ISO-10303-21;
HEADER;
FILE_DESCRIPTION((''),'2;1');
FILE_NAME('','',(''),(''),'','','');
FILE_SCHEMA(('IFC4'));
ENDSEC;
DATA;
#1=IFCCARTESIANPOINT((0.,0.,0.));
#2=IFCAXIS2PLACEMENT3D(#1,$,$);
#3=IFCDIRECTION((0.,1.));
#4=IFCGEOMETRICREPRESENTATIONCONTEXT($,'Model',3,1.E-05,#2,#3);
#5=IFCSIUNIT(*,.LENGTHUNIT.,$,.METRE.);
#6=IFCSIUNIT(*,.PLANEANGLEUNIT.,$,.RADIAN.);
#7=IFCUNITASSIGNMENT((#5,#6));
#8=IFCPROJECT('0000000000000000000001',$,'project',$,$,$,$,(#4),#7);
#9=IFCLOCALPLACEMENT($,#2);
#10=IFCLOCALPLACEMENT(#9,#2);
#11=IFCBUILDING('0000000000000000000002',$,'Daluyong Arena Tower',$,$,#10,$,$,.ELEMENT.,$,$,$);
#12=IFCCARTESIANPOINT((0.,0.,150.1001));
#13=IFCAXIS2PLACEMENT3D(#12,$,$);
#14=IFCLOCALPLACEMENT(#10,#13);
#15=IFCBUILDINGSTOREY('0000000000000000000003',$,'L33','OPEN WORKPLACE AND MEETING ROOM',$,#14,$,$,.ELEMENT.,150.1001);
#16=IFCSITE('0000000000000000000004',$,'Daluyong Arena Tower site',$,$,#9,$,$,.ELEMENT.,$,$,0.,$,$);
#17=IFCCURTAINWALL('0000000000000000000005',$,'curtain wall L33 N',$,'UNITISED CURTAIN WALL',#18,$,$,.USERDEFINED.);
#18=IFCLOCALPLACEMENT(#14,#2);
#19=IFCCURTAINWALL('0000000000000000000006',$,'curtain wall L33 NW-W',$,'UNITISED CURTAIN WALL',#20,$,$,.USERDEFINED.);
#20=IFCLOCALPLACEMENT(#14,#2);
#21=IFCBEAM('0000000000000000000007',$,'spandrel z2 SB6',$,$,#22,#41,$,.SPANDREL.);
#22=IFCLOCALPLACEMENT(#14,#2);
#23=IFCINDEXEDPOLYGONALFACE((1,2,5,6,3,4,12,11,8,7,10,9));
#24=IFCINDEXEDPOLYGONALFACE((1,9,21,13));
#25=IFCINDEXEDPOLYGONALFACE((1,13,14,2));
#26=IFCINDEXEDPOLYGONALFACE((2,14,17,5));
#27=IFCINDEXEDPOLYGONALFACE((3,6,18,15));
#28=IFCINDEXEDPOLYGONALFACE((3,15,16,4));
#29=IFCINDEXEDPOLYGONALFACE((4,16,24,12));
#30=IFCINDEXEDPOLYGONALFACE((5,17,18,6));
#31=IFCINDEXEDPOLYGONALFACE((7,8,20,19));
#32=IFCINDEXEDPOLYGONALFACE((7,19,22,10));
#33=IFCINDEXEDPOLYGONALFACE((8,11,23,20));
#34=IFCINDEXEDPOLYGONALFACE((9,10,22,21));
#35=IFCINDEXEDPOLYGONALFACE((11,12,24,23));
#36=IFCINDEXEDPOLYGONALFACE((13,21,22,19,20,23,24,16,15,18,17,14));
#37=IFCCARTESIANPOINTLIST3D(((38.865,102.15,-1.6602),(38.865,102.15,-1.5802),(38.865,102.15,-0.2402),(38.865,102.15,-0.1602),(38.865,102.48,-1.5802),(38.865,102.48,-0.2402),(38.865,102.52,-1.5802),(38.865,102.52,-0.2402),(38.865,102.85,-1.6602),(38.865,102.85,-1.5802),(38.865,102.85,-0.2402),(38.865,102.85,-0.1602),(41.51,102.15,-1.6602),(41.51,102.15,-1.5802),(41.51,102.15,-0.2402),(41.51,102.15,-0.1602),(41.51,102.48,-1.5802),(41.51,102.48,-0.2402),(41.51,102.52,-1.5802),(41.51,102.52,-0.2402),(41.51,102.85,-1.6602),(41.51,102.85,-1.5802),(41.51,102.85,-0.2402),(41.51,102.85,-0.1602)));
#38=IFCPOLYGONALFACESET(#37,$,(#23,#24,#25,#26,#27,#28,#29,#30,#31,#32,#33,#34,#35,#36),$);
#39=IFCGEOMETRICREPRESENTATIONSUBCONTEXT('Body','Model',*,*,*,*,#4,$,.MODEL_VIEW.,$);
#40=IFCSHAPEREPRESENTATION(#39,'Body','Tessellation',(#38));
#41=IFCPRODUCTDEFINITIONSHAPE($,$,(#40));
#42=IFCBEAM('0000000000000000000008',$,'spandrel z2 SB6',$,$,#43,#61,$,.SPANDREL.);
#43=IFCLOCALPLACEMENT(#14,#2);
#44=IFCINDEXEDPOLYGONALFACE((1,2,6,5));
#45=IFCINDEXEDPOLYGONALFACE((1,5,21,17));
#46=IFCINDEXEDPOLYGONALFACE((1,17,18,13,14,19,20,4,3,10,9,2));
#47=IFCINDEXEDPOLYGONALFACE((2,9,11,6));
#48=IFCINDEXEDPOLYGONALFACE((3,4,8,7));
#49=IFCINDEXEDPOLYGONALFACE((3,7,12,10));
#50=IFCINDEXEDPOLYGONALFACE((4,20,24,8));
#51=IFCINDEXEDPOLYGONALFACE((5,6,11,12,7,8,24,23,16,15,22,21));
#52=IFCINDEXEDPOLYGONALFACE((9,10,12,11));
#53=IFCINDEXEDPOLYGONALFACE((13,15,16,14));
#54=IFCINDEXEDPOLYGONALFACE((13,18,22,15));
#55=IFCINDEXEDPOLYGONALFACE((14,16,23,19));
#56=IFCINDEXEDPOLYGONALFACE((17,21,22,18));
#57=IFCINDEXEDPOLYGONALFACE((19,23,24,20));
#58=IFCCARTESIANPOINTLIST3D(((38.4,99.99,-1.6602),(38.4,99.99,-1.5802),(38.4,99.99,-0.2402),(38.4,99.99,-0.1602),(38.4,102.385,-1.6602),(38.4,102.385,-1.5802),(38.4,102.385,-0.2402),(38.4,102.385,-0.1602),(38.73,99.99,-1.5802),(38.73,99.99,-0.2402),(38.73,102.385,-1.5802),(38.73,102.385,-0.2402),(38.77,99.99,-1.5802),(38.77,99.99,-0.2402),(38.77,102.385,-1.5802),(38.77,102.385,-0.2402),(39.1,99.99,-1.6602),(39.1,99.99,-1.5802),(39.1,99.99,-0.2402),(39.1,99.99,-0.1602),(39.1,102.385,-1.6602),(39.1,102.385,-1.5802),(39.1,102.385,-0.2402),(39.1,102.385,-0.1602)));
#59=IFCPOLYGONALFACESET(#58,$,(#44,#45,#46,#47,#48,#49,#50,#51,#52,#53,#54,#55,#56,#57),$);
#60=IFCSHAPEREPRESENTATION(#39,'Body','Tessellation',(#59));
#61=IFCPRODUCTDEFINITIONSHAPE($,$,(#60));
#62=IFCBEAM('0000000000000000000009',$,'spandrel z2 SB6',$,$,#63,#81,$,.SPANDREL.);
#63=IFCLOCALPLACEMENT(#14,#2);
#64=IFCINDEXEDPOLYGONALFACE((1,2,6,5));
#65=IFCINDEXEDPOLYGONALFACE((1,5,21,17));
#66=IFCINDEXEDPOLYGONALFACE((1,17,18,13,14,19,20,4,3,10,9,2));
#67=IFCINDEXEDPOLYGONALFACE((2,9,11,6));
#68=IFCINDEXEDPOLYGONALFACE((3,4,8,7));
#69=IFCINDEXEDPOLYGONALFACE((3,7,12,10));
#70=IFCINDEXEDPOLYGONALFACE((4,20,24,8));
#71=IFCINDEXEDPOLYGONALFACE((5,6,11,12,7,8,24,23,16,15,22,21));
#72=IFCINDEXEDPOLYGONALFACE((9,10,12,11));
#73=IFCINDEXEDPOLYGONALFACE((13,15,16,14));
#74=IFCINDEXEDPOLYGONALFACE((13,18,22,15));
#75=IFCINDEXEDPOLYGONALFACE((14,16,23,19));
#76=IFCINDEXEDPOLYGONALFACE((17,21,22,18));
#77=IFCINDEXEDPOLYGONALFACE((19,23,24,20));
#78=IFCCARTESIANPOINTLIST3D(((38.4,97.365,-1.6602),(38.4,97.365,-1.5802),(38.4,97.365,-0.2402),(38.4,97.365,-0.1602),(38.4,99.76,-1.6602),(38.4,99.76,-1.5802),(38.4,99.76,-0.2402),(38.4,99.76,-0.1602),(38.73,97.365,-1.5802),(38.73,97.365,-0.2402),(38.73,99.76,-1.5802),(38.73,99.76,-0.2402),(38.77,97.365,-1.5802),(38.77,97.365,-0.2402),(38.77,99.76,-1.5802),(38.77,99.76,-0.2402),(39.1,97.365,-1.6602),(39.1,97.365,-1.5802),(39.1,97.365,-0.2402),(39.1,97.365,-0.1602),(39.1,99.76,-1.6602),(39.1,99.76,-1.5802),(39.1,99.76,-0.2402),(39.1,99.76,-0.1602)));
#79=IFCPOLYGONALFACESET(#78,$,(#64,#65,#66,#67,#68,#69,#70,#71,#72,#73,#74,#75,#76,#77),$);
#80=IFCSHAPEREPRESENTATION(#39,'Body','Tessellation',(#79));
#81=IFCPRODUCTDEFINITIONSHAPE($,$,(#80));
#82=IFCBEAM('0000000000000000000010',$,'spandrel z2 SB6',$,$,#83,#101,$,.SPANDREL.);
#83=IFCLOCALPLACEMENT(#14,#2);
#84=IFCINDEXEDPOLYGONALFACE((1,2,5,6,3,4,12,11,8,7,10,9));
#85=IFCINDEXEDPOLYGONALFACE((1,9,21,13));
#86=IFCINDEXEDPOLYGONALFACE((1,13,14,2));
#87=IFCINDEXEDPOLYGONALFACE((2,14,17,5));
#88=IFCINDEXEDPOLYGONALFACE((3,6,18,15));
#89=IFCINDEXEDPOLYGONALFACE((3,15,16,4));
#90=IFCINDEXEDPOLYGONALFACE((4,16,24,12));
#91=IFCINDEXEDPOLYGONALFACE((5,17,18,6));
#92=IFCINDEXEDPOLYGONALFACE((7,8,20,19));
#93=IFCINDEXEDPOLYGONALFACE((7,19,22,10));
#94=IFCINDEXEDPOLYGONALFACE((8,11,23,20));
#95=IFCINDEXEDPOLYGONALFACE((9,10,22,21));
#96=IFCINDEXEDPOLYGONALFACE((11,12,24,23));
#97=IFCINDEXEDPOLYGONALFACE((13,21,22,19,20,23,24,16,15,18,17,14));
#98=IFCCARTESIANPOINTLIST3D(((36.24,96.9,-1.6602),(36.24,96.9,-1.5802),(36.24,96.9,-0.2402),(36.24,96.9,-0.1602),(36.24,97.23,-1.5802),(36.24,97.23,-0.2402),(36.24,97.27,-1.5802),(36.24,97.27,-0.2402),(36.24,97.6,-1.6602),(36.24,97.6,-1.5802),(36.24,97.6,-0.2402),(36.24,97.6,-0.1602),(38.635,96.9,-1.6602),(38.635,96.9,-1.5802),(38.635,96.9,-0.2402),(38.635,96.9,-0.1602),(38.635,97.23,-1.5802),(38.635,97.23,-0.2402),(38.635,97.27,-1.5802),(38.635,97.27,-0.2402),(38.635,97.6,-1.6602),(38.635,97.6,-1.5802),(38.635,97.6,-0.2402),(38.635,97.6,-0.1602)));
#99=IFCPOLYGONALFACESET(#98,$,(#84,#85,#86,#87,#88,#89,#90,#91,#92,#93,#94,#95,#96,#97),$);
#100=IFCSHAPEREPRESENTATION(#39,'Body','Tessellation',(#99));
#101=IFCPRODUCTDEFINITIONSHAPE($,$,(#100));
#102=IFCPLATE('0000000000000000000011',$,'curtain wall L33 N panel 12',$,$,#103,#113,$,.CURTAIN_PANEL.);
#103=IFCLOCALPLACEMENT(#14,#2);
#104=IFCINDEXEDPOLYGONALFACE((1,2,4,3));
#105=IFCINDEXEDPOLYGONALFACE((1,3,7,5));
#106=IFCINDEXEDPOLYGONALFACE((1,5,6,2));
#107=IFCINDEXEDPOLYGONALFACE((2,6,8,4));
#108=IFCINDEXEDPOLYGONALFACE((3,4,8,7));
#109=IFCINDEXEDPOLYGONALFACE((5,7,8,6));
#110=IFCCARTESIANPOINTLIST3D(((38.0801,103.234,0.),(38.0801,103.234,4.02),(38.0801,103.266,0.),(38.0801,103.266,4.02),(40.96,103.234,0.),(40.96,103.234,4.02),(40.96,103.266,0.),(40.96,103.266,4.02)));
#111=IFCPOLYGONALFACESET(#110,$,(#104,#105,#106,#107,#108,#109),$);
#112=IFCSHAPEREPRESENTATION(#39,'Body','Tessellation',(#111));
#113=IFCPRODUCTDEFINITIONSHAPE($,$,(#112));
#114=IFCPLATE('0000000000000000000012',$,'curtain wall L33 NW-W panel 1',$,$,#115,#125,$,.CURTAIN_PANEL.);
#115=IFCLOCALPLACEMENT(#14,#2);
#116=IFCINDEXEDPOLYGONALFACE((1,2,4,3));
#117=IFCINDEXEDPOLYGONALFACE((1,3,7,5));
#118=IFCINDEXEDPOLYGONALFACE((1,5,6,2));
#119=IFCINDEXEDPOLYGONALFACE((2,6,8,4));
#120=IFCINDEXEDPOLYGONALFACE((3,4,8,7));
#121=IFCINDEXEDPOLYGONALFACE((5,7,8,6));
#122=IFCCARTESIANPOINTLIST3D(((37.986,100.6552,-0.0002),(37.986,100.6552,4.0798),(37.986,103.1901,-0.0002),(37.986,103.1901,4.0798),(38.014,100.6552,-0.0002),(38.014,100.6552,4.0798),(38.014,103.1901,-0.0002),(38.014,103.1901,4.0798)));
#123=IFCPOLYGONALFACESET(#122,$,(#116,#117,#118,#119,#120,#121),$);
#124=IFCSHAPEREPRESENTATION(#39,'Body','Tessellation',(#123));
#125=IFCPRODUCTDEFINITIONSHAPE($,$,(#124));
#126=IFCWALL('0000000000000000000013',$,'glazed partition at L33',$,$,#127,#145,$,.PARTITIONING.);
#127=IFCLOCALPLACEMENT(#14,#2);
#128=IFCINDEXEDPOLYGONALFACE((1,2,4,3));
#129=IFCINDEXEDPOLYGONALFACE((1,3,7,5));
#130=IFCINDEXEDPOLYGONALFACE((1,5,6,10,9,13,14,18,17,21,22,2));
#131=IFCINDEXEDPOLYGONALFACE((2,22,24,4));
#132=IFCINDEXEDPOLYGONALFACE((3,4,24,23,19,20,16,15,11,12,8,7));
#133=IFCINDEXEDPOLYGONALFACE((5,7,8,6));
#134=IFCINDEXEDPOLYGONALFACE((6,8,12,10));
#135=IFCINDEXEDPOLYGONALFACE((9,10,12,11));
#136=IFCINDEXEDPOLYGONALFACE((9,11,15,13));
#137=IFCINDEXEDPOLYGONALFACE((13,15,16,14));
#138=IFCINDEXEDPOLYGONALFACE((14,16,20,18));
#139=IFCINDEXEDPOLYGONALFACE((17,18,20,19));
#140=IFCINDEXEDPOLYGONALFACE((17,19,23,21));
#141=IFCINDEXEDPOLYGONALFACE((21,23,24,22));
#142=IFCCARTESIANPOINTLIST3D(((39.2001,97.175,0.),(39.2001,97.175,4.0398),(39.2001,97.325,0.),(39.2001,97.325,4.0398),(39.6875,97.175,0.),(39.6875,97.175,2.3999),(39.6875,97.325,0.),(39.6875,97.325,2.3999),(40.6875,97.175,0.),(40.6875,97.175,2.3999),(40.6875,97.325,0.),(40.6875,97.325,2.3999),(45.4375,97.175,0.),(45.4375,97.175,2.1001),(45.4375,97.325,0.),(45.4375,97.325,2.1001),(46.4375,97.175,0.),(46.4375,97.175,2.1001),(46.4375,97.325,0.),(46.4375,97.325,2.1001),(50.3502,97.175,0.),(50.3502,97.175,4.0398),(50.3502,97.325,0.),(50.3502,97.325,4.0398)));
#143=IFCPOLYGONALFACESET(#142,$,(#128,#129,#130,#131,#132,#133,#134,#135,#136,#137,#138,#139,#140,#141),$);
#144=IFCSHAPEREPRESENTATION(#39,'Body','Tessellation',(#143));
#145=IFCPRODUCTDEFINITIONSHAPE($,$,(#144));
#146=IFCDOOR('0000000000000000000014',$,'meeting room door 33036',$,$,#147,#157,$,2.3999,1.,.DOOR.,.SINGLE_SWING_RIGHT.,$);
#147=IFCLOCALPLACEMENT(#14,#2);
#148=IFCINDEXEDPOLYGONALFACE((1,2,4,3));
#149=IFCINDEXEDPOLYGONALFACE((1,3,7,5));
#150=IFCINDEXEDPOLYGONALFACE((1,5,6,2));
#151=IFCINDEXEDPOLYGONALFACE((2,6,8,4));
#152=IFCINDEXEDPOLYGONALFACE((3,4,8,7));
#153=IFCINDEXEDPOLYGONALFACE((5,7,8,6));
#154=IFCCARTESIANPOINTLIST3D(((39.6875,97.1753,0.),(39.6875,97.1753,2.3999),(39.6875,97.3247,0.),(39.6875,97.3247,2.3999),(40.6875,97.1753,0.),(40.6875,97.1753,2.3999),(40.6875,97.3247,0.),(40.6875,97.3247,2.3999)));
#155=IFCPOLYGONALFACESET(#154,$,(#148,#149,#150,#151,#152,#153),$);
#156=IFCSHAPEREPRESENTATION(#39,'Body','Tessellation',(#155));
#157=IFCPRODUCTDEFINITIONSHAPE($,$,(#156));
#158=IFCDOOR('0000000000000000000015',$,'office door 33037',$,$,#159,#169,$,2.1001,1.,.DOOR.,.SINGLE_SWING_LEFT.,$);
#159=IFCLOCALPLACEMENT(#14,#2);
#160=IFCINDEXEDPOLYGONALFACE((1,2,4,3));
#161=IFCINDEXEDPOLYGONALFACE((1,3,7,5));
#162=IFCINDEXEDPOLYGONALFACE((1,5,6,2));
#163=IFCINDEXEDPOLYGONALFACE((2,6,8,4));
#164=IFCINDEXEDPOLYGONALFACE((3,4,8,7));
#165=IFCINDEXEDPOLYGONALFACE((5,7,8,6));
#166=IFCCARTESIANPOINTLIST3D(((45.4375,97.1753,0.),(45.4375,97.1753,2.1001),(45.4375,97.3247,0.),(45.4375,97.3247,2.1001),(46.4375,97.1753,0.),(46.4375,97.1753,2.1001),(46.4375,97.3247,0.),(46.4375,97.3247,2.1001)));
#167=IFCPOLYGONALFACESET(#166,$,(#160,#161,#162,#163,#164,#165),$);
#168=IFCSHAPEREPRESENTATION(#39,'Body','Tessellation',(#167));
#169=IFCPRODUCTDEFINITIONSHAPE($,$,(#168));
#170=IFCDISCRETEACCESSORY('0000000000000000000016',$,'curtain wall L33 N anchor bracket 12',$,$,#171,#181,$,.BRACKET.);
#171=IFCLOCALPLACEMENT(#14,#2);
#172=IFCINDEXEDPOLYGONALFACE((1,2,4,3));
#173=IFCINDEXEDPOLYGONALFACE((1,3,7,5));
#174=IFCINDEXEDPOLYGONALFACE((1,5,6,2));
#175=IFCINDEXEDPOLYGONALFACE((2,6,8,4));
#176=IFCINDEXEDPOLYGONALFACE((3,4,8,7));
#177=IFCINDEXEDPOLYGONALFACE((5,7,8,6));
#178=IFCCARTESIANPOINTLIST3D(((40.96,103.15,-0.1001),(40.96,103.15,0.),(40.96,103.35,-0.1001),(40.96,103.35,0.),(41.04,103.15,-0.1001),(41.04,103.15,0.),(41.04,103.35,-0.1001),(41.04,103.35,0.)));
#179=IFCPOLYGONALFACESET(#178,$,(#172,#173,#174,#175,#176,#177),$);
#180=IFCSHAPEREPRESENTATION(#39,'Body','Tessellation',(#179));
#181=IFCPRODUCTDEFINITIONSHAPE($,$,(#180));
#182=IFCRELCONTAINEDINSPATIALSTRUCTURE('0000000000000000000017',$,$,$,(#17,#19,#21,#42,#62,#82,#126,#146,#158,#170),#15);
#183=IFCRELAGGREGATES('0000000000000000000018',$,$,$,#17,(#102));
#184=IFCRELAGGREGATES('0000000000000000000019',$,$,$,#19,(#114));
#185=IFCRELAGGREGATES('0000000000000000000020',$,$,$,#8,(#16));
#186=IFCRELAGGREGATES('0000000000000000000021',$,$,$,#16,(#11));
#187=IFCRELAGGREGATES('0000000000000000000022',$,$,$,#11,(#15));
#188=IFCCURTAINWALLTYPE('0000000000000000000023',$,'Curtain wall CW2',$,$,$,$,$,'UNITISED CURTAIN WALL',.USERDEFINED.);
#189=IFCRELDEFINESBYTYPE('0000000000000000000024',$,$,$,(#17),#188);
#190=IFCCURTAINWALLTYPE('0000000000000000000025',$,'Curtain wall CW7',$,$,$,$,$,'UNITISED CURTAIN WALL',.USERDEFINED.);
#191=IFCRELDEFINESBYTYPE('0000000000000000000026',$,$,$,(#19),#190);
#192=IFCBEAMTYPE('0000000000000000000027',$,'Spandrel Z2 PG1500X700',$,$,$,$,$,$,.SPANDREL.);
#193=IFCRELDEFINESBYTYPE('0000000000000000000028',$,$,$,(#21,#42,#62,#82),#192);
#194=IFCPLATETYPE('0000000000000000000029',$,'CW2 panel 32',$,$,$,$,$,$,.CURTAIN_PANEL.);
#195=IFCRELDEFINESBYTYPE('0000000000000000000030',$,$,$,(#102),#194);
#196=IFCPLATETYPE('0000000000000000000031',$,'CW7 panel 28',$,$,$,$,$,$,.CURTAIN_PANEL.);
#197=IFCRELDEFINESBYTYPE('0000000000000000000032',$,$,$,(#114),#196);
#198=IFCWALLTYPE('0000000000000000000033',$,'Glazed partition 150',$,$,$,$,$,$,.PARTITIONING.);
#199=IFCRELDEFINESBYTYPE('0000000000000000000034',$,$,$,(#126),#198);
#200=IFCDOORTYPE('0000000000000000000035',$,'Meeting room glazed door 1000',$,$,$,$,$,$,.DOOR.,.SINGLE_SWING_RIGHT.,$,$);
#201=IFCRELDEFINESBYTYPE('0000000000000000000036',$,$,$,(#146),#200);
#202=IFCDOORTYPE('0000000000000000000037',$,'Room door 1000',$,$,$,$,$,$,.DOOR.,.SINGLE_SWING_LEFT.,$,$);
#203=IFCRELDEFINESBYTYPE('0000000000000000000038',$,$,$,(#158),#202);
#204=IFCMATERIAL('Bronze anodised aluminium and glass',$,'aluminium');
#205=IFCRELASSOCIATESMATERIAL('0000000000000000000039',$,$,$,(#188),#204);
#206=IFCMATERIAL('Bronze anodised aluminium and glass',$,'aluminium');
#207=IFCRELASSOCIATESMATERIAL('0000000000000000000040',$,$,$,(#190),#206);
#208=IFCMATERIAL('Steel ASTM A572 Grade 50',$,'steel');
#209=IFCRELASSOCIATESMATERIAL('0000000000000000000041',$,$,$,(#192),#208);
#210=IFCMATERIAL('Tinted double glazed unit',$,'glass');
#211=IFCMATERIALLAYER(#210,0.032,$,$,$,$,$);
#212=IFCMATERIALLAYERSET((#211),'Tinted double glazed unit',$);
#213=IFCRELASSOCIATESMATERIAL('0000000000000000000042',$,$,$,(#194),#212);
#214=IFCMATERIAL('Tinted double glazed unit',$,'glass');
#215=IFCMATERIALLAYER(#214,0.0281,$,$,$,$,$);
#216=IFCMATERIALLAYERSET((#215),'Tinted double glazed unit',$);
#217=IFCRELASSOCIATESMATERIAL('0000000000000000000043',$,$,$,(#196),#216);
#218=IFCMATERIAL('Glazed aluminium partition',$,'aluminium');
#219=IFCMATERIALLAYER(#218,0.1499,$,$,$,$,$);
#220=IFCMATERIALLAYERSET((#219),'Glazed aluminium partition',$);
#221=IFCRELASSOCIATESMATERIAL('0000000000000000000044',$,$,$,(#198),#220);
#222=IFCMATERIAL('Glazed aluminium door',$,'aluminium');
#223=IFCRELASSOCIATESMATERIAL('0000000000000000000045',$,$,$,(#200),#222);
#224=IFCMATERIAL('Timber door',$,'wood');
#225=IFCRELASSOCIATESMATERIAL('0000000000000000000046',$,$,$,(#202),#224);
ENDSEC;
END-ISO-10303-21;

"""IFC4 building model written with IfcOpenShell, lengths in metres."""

from ifc_helpers import new_model, si_unit, direction, frame, frame_2d, origin, origin_2d, place, context, subcontext, project, spatial, rectangle, i_section, extrude, material, layer, layer_set, material_profile, profile_set, type_object, element, fill, aggregate, save


model = new_model("IFC4")

# Units and contexts
model_context = context("Model", 3, precision=1e-05, world=origin(), true_north=direction((0.0, 1.0)))
body_context = subcontext(model_context, "Body", "Model", "MODEL_VIEW")
ifc_project = project(units=[si_unit("LENGTHUNIT", "METRE"), si_unit("PLANEANGLEUNIT", "RADIAN")], contexts=[model_context])

# Site, building, storey
site_placement = place(None, origin())
site = spatial("IfcSite", under=ifc_project, at=site_placement, Name="Daluyong Arena Tower site", CompositionType="ELEMENT", RefElevation=0.0)
building_placement = place(site_placement, origin())
building = spatial("IfcBuilding", under=site, at=building_placement, Name="Daluyong Arena Tower", CompositionType="ELEMENT")
storey_placement = place(building_placement, frame((0.0, 0.0, 150.1001)))
storey = spatial("IfcBuildingStorey", under=building, at=storey_placement, Name="L33", Description="OPEN WORKPLACE AND MEETING ROOM", CompositionType="ELEMENT", Elevation=150.1001)

# Curtain wall
ifc_material_1 = material(Name="Bronze anodised aluminium and glass", Category="aluminium")
curtain_wall_type_1 = type_object("IfcCurtainWallType", Name="Curtain wall CW2", ElementType="UNITISED CURTAIN WALL", PredefinedType="USERDEFINED", material=ifc_material_1)
curtain_wall_1_placement = place(storey_placement, origin())
curtain_wall_1 = element("IfcCurtainWall", 1, at=curtain_wall_1_placement, inside=storey, type_object=curtain_wall_type_1, Name="curtain wall L33 N", ObjectType="UNITISED CURTAIN WALL", PredefinedType="USERDEFINED")

# Curtain wall
ifc_material_2 = material(Name="Bronze anodised aluminium and glass", Category="aluminium")
curtain_wall_type_2 = type_object("IfcCurtainWallType", Name="Curtain wall CW7", ElementType="UNITISED CURTAIN WALL", PredefinedType="USERDEFINED", material=ifc_material_2)
curtain_wall_2_placement = place(storey_placement, origin())
curtain_wall_2 = element("IfcCurtainWall", 2, at=curtain_wall_2_placement, inside=storey, type_object=curtain_wall_type_2, Name="curtain wall L33 NW-W", ObjectType="UNITISED CURTAIN WALL", PredefinedType="USERDEFINED")

# Beams
ifc_material_3 = material(Name="Steel ASTM A572 Grade 50", Category="steel")
ifc_material_profile_1 = material_profile(ifc_material_3, i_section(OverallWidth=0.7, OverallDepth=1.5, WebThickness=0.04, FlangeThickness=0.08, at=origin_2d()))
ifc_profile_set_1 = profile_set([ifc_material_profile_1], Name="Steel ASTM A572 Grade 50")
beam_type_1 = type_object("IfcBeamType", Name="Spandrel Z2 PG1500X700", PredefinedType="SPANDREL", material=ifc_profile_set_1)
beam_1_placement = place(storey_placement, frame((41.51, 102.5, -0.9102), z_axis=(-1.0, 0.0, 0.0), x_axis=(0.0, -1.0, 0.0)))
element("IfcBeam", 3, at=beam_1_placement, inside=storey, type_object=beam_type_1, Name="spandrel z2 SB6", PredefinedType="SPANDREL", context=body_context, shape_type="SweptSolid", body=[
    extrude(i_section(OverallWidth=0.7, OverallDepth=1.5, WebThickness=0.04, FlangeThickness=0.08, at=origin_2d()), origin(), (0.0, 0.0, 1.0), 2.645),
])
for number, where, z_axis, x_axis, name in (
    (4, (38.75, 102.385, -0.9102), (0.0, -1.0, 0.0), (1.0, 0.0, 0.0), "spandrel z2 SB6"),
    (5, (38.75, 99.76, -0.9102), (0.0, -1.0, 0.0), (1.0, 0.0, 0.0), "spandrel z2 SB6"),
    (6, (38.635, 97.25, -0.9102), (-1.0, 0.0, 0.0), (0.0, -1.0, 0.0), "spandrel z2 SB6"),
):
    element("IfcBeam", number, at=place(storey_placement, frame(where, z_axis=z_axis, x_axis=x_axis)), inside=storey, type_object=beam_type_1, Name=name, PredefinedType="SPANDREL", context=body_context, shape_type="SweptSolid", body=[
        extrude(i_section(OverallWidth=0.7, OverallDepth=1.5, WebThickness=0.04, FlangeThickness=0.08, at=origin_2d()), origin(), (0.0, 0.0, 1.0), 2.395),
    ])

# Plates
ifc_material_4 = material(Name="Tinted double glazed unit", Category="glass")
ifc_layer_1 = layer(ifc_material_4, 0.032)
ifc_layer_set_1 = layer_set([ifc_layer_1], Name="Tinted double glazed unit")
plate_type_1 = type_object("IfcPlateType", Name="CW2 panel 32", PredefinedType="CURTAIN_PANEL", material=ifc_layer_set_1)
plate_1_placement = place(storey_placement, frame((39.52, 103.25, 0.0), z_axis=(0.0, 0.0, 1.0), x_axis=(-1.0, 0.0, 0.0)))
plate_1 = element("IfcPlate", 7, at=plate_1_placement, type_object=plate_type_1, Name="curtain wall L33 N panel 12", PredefinedType="CURTAIN_PANEL", context=body_context, shape_type="SweptSolid", body=[
    extrude(rectangle(XDim=2.8799, YDim=0.032, at=origin_2d()), origin(), (0.0, 0.0, 1.0), 4.02),
])
aggregate(curtain_wall_1, [plate_1])
ifc_material_5 = material(Name="Tinted double glazed unit", Category="glass")
ifc_layer_2 = layer(ifc_material_5, 0.0281)
ifc_layer_set_2 = layer_set([ifc_layer_2], Name="Tinted double glazed unit")
plate_type_2 = type_object("IfcPlateType", Name="CW7 panel 28", PredefinedType="CURTAIN_PANEL", material=ifc_layer_set_2)
plate_2_placement = place(storey_placement, frame((38.0, 101.9226, -0.0002), z_axis=(0.0, 0.0, 1.0), x_axis=(0.0, -1.0, 0.0)))
plate_2 = element("IfcPlate", 8, at=plate_2_placement, type_object=plate_type_2, Name="curtain wall L33 NW-W panel 1", PredefinedType="CURTAIN_PANEL", context=body_context, shape_type="SweptSolid", body=[
    extrude(rectangle(XDim=2.5349, YDim=0.0281, at=origin_2d()), origin(), (0.0, 0.0, 1.0), 4.0801),
])
aggregate(curtain_wall_2, [plate_2])

# Wall, openings, doors
ifc_material_6 = material(Name="Glazed aluminium partition", Category="aluminium")
ifc_layer_3 = layer(ifc_material_6, 0.1499)
ifc_layer_set_3 = layer_set([ifc_layer_3], Name="Glazed aluminium partition")
wall_type = type_object("IfcWallType", Name="Glazed partition 150", PredefinedType="PARTITIONING", material=ifc_layer_set_3)
wall_placement = place(storey_placement, frame((39.2, 97.25, 0.0), z_axis=(0.0, 0.0, 1.0), x_axis=(1.0, 0.0, 0.0)))
wall = element("IfcWall", 9, at=wall_placement, inside=storey, type_object=wall_type, Name="glazed partition at L33", PredefinedType="PARTITIONING", context=body_context, shape_type="SweptSolid", body=[
    extrude(rectangle(XDim=11.1501, YDim=0.1499, at=frame_2d((5.5752, 0.0))), origin(), (0.0, 0.0, 1.0), 4.0398),
])
opening_1_placement = place(wall_placement, frame((0.4875, 0.0, 0.0)))
opening_1 = element("IfcOpeningElement", 10, at=opening_1_placement, cuts=wall, PredefinedType="OPENING", context=body_context, shape_type="SweptSolid", body=[
    extrude(rectangle(XDim=1.0, YDim=2.3999, at=frame_2d((0.5, 1.2))), frame((0.0, 0.085, 0.0), z_axis=(0.0, -1.0, 0.0), x_axis=(1.0, 0.0, 0.0)), (0.0, 0.0, 1.0), 0.1699),
])
opening_2_placement = place(wall_placement, frame((6.2375, 0.0, 0.0)))
opening_2 = element("IfcOpeningElement", 11, at=opening_2_placement, cuts=wall, PredefinedType="OPENING", context=body_context, shape_type="SweptSolid", body=[
    extrude(rectangle(XDim=1.0, YDim=2.1001, at=frame_2d((0.5, 1.05))), frame((0.0, 0.085, 0.0), z_axis=(0.0, -1.0, 0.0), x_axis=(1.0, 0.0, 0.0)), (0.0, 0.0, 1.0), 0.1699),
])
ifc_material_7 = material(Name="Glazed aluminium door", Category="aluminium")
door_type_1 = type_object("IfcDoorType", Name="Meeting room glazed door 1000", OperationType="SINGLE_SWING_RIGHT", PredefinedType="DOOR", material=ifc_material_7)
door_1_placement = place(opening_1_placement, origin())
door_1 = element("IfcDoor", 12, at=door_1_placement, inside=storey, type_object=door_type_1, Name="meeting room door 33036", OperationType="SINGLE_SWING_RIGHT", OverallHeight=2.3999, OverallWidth=1.0, PredefinedType="DOOR", context=body_context, shape_type="SweptSolid", body=[
    extrude(rectangle(XDim=1.0, YDim=2.3999, at=frame_2d((0.5, 1.2))), frame((0.0, 0.0747, 0.0), z_axis=(0.0, -1.0, 0.0), x_axis=(1.0, 0.0, 0.0)), (0.0, 0.0, 1.0), 0.1494),
])
fill(opening_1, door_1)
ifc_material_8 = material(Name="Timber door", Category="wood")
door_type_2 = type_object("IfcDoorType", Name="Room door 1000", OperationType="SINGLE_SWING_LEFT", PredefinedType="DOOR", material=ifc_material_8)
door_2_placement = place(opening_2_placement, origin())
door_2 = element("IfcDoor", 13, at=door_2_placement, inside=storey, type_object=door_type_2, Name="office door 33037", OperationType="SINGLE_SWING_LEFT", OverallHeight=2.1001, OverallWidth=1.0, PredefinedType="DOOR", context=body_context, shape_type="SweptSolid", body=[
    extrude(rectangle(XDim=1.0, YDim=2.1001, at=frame_2d((0.5, 1.05))), frame((0.0, 0.0747, 0.0), z_axis=(0.0, -1.0, 0.0), x_axis=(1.0, 0.0, 0.0)), (0.0, 0.0, 1.0), 0.1494),
])
fill(opening_2, door_2)

# Discrete accessory
discrete_accessory_1_placement = place(storey_placement, frame((41.0, 103.25, -0.1001), z_axis=(0.0, 0.0, 1.0), x_axis=(-1.0, 0.0, 0.0)))
element("IfcDiscreteAccessory", 14, at=discrete_accessory_1_placement, inside=storey, Name="curtain wall L33 N anchor bracket 12", PredefinedType="BRACKET", context=body_context, shape_type="SweptSolid", body=[
    extrude(rectangle(XDim=0.0801, YDim=0.2, at=origin_2d()), origin(), (0.0, 0.0, 1.0), 0.1001),
])

save(model, "model.ifc")
